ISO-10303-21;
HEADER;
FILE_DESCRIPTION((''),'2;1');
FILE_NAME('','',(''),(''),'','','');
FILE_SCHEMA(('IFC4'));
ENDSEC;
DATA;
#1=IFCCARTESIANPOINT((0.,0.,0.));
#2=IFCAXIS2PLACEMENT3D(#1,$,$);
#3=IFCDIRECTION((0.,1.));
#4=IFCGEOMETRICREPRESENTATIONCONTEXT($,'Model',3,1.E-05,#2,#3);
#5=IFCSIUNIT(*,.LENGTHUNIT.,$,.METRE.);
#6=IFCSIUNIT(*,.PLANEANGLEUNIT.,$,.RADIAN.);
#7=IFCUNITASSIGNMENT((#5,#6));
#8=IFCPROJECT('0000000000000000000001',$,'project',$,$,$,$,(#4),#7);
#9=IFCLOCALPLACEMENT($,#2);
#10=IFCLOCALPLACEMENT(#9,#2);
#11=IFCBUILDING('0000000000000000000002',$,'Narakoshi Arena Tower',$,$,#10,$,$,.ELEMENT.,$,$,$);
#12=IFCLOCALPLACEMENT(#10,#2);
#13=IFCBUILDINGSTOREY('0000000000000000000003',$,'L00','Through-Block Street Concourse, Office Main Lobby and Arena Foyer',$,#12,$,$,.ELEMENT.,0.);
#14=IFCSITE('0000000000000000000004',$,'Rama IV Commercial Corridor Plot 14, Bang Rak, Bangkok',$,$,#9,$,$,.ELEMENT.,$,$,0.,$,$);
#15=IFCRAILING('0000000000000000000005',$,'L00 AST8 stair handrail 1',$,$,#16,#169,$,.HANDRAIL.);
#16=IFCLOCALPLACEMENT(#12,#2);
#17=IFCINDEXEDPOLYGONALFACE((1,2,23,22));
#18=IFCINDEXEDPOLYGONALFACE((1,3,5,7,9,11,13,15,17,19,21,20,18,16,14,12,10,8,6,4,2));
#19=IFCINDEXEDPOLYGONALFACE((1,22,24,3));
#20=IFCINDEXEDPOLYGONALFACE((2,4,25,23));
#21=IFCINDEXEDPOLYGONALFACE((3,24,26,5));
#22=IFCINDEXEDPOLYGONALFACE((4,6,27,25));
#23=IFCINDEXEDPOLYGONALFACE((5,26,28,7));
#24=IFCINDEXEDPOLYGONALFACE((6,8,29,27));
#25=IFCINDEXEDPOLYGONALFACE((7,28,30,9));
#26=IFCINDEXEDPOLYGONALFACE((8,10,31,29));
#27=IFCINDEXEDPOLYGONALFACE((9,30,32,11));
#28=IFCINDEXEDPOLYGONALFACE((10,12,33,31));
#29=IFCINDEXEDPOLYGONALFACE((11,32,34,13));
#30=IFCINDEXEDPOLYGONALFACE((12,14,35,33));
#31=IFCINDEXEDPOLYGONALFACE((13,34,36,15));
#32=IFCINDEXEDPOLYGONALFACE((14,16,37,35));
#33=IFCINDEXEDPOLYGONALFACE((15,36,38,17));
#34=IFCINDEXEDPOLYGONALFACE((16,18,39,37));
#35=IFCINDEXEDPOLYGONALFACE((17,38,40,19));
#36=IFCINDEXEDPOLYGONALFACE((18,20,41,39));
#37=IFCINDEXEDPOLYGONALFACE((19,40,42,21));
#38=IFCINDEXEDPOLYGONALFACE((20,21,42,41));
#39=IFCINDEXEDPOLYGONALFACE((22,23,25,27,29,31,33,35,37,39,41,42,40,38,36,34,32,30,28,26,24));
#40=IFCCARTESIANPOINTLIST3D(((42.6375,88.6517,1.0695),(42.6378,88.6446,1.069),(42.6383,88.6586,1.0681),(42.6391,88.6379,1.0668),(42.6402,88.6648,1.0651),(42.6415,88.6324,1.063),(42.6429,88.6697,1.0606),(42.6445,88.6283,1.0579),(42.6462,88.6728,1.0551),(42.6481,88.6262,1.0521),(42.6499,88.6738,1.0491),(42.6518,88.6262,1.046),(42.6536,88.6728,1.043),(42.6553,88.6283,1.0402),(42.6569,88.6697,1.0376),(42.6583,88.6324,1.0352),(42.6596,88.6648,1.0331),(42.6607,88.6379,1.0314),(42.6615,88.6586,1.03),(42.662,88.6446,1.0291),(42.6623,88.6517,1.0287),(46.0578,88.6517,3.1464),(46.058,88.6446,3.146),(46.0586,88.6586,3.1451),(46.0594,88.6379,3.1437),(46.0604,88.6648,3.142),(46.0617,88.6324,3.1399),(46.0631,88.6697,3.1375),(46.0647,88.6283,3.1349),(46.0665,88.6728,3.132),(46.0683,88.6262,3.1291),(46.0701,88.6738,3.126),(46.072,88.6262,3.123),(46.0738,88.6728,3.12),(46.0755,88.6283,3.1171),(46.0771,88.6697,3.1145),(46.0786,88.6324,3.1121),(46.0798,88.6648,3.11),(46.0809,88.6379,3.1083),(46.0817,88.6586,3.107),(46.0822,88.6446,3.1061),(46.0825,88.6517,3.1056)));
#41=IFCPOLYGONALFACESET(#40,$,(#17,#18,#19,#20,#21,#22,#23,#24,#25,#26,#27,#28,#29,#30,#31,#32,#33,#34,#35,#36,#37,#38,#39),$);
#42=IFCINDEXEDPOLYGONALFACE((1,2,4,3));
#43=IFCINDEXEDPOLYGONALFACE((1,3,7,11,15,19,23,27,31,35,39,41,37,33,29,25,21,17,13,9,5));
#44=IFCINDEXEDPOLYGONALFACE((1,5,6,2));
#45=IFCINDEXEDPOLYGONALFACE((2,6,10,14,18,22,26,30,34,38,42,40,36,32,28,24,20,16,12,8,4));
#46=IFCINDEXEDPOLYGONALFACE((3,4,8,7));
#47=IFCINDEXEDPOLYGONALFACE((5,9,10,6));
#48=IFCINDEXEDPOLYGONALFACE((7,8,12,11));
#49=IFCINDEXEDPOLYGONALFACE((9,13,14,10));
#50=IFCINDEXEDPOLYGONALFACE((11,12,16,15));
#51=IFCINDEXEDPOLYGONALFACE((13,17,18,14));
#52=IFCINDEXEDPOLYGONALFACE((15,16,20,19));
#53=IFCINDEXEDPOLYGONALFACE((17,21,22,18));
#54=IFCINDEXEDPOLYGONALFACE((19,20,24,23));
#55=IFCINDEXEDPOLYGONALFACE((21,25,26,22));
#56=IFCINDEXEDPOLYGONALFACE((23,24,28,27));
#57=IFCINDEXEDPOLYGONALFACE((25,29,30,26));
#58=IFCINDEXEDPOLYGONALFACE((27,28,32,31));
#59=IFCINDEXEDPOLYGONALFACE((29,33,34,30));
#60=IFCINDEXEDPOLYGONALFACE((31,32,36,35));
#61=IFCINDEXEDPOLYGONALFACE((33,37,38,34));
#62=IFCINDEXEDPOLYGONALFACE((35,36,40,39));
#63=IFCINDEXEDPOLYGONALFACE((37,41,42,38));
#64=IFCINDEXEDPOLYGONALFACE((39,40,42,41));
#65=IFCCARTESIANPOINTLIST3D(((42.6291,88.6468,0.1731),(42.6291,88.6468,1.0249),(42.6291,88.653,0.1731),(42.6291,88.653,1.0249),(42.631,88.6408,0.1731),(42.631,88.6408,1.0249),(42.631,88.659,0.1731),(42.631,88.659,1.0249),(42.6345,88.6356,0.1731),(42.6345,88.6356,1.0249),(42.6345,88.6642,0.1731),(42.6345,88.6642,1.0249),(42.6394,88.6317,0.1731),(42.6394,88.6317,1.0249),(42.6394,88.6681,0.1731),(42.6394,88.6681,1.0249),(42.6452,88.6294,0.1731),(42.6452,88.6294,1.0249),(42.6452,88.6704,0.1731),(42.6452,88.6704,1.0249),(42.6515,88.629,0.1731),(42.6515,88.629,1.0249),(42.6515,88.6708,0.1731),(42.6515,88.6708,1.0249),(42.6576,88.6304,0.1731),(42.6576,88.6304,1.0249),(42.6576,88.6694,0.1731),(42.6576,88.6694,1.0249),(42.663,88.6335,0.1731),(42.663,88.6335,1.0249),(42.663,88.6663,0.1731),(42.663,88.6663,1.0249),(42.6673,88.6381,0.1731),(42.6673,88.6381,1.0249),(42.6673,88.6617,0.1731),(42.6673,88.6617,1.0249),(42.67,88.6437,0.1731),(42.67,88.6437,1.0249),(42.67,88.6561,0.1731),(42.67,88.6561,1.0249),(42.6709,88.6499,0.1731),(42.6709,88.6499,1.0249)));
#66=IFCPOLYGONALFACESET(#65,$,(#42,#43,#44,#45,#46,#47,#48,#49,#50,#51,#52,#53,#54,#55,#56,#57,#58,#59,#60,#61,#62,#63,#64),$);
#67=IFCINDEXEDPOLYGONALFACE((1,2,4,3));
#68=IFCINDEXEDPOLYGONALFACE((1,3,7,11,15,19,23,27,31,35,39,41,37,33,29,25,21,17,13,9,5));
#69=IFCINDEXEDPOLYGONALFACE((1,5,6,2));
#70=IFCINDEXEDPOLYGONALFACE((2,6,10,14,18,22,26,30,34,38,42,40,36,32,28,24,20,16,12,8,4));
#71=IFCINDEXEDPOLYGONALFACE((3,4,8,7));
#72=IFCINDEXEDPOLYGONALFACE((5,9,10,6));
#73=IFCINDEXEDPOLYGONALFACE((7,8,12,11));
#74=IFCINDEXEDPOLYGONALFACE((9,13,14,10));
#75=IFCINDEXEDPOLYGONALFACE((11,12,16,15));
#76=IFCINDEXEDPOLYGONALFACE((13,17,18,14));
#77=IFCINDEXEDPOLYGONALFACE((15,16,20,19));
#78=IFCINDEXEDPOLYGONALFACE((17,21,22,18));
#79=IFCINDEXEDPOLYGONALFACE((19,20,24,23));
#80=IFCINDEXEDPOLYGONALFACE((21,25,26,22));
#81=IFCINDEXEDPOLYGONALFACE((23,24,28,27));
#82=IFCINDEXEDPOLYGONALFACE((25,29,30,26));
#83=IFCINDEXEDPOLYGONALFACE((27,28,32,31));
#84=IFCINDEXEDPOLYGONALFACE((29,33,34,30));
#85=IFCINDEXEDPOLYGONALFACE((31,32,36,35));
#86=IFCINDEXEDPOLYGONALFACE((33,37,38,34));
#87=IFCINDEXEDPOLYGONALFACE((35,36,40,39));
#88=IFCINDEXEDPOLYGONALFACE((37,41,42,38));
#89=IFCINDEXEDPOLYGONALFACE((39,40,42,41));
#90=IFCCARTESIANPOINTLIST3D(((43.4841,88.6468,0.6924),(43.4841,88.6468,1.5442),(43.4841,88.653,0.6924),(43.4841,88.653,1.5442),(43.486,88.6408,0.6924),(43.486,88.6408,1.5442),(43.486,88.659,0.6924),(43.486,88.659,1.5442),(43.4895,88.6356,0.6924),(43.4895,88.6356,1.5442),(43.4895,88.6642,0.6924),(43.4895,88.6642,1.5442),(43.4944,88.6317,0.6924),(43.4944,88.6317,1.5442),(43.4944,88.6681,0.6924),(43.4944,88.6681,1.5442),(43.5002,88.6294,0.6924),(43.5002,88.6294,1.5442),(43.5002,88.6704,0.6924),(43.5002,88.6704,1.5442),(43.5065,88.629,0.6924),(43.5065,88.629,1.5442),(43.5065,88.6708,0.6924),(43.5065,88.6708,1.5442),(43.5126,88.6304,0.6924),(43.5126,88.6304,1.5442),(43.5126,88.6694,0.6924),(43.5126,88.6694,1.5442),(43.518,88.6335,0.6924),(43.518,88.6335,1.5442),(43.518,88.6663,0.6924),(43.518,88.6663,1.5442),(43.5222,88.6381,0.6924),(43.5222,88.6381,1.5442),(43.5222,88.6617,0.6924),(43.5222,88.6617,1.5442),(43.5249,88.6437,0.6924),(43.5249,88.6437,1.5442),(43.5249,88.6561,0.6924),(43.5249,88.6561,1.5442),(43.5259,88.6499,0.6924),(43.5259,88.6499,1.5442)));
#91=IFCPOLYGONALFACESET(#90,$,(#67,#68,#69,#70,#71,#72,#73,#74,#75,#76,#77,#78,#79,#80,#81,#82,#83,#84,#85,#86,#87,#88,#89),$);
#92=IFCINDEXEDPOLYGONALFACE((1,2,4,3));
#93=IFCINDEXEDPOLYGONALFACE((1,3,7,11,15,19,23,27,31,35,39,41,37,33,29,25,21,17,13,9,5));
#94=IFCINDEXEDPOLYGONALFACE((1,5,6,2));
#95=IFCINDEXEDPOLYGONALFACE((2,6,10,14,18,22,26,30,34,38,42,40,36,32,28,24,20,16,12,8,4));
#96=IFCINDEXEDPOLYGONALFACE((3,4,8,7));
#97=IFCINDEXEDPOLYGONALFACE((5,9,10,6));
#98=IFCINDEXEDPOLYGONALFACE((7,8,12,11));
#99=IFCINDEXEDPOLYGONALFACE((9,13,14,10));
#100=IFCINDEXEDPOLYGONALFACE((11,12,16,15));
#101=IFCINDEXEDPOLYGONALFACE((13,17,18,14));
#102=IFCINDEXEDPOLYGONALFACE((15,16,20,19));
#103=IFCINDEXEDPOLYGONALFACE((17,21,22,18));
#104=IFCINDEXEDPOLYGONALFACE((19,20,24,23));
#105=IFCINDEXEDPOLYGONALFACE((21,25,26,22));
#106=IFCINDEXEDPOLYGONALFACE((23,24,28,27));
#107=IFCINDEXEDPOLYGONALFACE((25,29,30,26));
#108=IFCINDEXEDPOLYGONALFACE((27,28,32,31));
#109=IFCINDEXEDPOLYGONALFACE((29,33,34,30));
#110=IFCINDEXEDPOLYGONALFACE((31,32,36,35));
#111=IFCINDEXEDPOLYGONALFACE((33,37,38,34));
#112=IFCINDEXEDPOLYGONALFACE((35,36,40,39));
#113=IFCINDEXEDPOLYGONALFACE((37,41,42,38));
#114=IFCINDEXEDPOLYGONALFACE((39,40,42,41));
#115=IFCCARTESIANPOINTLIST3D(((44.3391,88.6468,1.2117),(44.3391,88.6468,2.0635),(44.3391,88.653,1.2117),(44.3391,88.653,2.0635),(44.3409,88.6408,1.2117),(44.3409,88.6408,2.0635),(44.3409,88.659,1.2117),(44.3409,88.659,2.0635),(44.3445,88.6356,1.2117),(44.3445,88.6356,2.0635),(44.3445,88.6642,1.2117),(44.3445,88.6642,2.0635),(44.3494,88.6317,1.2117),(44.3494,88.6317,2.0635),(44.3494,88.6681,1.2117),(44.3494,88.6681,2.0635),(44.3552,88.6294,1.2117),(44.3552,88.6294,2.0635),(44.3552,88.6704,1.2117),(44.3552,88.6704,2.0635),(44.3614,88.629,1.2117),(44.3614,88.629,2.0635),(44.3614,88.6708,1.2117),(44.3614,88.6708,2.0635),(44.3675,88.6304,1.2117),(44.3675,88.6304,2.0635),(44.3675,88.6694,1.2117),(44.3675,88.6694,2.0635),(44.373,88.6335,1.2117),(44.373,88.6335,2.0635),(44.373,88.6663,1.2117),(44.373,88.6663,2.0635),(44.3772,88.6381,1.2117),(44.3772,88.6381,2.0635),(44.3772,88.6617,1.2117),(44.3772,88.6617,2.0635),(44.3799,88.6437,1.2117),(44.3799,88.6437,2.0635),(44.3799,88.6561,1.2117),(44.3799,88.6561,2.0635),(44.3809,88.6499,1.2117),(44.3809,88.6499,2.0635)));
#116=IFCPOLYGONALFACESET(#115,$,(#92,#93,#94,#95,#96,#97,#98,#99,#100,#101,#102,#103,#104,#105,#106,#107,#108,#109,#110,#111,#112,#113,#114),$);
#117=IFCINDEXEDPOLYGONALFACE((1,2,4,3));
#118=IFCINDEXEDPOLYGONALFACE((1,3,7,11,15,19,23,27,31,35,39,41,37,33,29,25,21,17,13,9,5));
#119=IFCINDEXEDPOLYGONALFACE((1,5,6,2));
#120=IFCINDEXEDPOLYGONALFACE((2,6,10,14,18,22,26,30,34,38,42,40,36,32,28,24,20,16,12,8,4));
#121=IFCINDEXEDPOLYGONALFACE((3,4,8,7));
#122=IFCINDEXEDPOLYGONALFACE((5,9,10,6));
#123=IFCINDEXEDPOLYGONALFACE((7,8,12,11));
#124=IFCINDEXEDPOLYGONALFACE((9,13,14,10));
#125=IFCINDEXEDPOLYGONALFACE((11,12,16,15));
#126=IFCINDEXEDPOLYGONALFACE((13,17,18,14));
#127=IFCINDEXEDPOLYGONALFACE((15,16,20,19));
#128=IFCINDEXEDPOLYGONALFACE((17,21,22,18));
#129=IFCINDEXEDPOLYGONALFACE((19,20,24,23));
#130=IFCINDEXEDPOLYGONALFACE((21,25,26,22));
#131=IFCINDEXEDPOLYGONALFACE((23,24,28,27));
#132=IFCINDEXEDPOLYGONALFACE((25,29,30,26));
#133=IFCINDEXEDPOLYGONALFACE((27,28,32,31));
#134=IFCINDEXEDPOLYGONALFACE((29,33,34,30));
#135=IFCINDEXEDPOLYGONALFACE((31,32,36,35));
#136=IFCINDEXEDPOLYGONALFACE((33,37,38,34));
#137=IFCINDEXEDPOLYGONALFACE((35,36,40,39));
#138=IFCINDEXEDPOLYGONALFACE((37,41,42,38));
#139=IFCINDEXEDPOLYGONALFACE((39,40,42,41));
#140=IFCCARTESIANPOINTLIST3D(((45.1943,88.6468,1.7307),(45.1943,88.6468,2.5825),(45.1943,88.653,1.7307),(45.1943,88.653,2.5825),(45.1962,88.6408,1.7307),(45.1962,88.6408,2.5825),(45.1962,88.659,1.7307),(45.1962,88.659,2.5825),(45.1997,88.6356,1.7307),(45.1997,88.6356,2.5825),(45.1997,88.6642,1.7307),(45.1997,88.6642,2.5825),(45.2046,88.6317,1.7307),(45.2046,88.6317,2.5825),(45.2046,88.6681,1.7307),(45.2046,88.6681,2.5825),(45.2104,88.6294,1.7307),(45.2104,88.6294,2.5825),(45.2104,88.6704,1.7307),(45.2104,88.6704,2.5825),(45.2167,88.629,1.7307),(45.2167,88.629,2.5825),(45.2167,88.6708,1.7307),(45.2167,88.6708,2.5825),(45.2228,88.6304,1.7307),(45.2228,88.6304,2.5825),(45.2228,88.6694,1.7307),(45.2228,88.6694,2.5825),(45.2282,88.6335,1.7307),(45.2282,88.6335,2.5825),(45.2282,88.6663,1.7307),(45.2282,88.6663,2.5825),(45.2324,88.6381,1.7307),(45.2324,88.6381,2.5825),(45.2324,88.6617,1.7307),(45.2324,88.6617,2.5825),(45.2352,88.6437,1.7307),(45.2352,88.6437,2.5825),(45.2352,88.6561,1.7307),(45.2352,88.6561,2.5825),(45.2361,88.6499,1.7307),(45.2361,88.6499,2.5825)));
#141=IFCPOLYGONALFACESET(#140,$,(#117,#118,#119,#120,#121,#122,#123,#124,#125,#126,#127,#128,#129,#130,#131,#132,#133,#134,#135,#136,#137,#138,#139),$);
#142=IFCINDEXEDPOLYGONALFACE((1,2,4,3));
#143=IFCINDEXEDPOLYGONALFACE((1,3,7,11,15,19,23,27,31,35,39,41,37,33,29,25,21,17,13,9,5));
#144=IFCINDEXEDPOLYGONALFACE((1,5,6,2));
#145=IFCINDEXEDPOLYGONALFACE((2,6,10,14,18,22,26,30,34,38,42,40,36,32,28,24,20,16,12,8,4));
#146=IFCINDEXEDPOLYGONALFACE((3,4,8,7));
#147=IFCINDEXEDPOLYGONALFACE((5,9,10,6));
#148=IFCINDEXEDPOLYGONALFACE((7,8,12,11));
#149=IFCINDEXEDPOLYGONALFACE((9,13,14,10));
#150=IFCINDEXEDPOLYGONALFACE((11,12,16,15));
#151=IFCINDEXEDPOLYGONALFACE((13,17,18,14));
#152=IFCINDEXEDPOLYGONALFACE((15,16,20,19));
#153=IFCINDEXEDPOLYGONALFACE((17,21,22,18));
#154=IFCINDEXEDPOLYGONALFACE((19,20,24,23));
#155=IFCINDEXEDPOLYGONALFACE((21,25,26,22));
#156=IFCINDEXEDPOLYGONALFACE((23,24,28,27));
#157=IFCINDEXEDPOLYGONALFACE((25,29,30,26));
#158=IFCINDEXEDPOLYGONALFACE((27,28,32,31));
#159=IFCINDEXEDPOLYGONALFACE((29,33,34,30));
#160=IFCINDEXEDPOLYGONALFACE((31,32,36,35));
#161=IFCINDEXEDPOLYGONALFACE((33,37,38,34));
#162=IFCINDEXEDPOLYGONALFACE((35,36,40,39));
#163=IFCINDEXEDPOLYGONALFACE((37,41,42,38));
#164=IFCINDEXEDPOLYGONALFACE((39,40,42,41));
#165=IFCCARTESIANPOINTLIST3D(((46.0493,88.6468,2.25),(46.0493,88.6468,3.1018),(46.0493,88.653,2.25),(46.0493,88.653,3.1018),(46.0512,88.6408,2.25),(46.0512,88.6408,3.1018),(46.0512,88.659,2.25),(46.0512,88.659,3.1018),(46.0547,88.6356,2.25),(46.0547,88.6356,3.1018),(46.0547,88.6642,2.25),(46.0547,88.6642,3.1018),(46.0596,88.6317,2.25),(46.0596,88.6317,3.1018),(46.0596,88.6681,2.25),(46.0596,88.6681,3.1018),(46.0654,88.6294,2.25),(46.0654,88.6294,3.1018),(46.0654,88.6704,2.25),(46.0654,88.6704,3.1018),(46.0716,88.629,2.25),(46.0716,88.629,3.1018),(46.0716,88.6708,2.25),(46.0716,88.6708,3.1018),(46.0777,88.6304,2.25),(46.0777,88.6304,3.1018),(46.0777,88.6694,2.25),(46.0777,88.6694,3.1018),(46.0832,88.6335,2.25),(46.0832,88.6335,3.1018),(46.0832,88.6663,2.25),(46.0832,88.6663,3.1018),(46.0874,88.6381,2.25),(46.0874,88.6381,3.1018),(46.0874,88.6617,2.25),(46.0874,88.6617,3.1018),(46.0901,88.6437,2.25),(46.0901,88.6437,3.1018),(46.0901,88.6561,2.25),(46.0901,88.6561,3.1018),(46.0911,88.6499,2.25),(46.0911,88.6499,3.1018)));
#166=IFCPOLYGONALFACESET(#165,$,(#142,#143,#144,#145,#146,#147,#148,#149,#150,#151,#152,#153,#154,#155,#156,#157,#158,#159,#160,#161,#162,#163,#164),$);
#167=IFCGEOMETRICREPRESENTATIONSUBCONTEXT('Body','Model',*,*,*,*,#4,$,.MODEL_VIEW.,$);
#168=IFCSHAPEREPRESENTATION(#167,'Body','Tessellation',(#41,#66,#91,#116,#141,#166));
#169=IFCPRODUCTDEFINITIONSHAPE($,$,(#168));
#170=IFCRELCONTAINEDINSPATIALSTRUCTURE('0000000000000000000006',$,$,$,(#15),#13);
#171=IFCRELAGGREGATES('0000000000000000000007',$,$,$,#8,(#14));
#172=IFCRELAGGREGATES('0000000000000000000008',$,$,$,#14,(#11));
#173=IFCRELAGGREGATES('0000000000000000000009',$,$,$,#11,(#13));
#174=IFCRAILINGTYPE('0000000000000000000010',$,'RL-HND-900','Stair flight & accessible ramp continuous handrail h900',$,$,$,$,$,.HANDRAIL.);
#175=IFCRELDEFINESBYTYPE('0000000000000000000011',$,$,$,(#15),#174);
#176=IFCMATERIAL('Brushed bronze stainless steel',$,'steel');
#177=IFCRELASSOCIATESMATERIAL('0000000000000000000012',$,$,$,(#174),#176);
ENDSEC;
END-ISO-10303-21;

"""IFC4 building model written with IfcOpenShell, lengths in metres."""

from ifc_helpers import new_model, si_unit, direction, frame, origin, origin_2d, place, context, subcontext, project, spatial, circle, extrude, material, type_object, element, save


model = new_model("IFC4")

# Units and contexts
model_context = context("Model", 3, precision=1e-05, world=origin(), true_north=direction((0.0, 1.0)))
body_context = subcontext(model_context, "Body", "Model", "MODEL_VIEW")
ifc_project = project(units=[si_unit("LENGTHUNIT", "METRE"), si_unit("PLANEANGLEUNIT", "RADIAN")], contexts=[model_context])

# Site, building, storey
site_placement = place(None, origin())
site = spatial("IfcSite", under=ifc_project, at=site_placement, Name="Rama IV Commercial Corridor Plot 14, Bang Rak, Bangkok", CompositionType="ELEMENT", RefElevation=0.0)
building_placement = place(site_placement, origin())
building = spatial("IfcBuilding", under=site, at=building_placement, Name="Narakoshi Arena Tower", CompositionType="ELEMENT")
storey_placement = place(building_placement, origin())
storey = spatial("IfcBuildingStorey", under=building, at=storey_placement, Name="L00", Description="Through-Block Street Concourse, Office Main Lobby and Arena Foyer", CompositionType="ELEMENT", Elevation=0.0)

# Railing
ifc_material_1 = material(Name="Brushed bronze stainless steel", Category="steel")
railing_type_1 = type_object("IfcRailingType", Name="RL-HND-900", Description="Stair flight & accessible ramp continuous handrail h900", PredefinedType="HANDRAIL", material=ifc_material_1)
railing_1_placement = place(storey_placement, frame((42.6499, 88.6499, 0.1731)))
element("IfcRailing", 1, at=railing_1_placement, inside=storey, type_object=railing_type_1, Name="L00 AST8 stair handrail 1", PredefinedType="HANDRAIL", context=body_context, shape_type="SweptSolid", body=[
    extrude(circle(Radius=0.0239, at=origin_2d()), frame((0.0, 0.0, 0.876), z_axis=(0.854746, 0.0, 0.519047), x_axis=(0.0, 1.0, 0.0)), (0.0, 0.0, 1.0), 4.0015),
    extrude(circle(Radius=0.021, at=origin_2d()), origin(), (0.0, 0.0, 1.0), 0.8518),
    extrude(circle(Radius=0.021, at=origin_2d()), frame((0.855, 0.0, 0.5193)), (0.0, 0.0, 1.0), 0.8518),
    extrude(circle(Radius=0.021, at=origin_2d()), frame((1.71, 0.0, 1.0386)), (0.0, 0.0, 1.0), 0.8518),
    extrude(circle(Radius=0.021, at=origin_2d()), frame((2.5652, 0.0, 1.5576)), (0.0, 0.0, 1.0), 0.8518),
    extrude(circle(Radius=0.021, at=origin_2d()), frame((3.4202, 0.0, 2.0769)), (0.0, 0.0, 1.0), 0.8518),
])

save(model, "model.ifc")
